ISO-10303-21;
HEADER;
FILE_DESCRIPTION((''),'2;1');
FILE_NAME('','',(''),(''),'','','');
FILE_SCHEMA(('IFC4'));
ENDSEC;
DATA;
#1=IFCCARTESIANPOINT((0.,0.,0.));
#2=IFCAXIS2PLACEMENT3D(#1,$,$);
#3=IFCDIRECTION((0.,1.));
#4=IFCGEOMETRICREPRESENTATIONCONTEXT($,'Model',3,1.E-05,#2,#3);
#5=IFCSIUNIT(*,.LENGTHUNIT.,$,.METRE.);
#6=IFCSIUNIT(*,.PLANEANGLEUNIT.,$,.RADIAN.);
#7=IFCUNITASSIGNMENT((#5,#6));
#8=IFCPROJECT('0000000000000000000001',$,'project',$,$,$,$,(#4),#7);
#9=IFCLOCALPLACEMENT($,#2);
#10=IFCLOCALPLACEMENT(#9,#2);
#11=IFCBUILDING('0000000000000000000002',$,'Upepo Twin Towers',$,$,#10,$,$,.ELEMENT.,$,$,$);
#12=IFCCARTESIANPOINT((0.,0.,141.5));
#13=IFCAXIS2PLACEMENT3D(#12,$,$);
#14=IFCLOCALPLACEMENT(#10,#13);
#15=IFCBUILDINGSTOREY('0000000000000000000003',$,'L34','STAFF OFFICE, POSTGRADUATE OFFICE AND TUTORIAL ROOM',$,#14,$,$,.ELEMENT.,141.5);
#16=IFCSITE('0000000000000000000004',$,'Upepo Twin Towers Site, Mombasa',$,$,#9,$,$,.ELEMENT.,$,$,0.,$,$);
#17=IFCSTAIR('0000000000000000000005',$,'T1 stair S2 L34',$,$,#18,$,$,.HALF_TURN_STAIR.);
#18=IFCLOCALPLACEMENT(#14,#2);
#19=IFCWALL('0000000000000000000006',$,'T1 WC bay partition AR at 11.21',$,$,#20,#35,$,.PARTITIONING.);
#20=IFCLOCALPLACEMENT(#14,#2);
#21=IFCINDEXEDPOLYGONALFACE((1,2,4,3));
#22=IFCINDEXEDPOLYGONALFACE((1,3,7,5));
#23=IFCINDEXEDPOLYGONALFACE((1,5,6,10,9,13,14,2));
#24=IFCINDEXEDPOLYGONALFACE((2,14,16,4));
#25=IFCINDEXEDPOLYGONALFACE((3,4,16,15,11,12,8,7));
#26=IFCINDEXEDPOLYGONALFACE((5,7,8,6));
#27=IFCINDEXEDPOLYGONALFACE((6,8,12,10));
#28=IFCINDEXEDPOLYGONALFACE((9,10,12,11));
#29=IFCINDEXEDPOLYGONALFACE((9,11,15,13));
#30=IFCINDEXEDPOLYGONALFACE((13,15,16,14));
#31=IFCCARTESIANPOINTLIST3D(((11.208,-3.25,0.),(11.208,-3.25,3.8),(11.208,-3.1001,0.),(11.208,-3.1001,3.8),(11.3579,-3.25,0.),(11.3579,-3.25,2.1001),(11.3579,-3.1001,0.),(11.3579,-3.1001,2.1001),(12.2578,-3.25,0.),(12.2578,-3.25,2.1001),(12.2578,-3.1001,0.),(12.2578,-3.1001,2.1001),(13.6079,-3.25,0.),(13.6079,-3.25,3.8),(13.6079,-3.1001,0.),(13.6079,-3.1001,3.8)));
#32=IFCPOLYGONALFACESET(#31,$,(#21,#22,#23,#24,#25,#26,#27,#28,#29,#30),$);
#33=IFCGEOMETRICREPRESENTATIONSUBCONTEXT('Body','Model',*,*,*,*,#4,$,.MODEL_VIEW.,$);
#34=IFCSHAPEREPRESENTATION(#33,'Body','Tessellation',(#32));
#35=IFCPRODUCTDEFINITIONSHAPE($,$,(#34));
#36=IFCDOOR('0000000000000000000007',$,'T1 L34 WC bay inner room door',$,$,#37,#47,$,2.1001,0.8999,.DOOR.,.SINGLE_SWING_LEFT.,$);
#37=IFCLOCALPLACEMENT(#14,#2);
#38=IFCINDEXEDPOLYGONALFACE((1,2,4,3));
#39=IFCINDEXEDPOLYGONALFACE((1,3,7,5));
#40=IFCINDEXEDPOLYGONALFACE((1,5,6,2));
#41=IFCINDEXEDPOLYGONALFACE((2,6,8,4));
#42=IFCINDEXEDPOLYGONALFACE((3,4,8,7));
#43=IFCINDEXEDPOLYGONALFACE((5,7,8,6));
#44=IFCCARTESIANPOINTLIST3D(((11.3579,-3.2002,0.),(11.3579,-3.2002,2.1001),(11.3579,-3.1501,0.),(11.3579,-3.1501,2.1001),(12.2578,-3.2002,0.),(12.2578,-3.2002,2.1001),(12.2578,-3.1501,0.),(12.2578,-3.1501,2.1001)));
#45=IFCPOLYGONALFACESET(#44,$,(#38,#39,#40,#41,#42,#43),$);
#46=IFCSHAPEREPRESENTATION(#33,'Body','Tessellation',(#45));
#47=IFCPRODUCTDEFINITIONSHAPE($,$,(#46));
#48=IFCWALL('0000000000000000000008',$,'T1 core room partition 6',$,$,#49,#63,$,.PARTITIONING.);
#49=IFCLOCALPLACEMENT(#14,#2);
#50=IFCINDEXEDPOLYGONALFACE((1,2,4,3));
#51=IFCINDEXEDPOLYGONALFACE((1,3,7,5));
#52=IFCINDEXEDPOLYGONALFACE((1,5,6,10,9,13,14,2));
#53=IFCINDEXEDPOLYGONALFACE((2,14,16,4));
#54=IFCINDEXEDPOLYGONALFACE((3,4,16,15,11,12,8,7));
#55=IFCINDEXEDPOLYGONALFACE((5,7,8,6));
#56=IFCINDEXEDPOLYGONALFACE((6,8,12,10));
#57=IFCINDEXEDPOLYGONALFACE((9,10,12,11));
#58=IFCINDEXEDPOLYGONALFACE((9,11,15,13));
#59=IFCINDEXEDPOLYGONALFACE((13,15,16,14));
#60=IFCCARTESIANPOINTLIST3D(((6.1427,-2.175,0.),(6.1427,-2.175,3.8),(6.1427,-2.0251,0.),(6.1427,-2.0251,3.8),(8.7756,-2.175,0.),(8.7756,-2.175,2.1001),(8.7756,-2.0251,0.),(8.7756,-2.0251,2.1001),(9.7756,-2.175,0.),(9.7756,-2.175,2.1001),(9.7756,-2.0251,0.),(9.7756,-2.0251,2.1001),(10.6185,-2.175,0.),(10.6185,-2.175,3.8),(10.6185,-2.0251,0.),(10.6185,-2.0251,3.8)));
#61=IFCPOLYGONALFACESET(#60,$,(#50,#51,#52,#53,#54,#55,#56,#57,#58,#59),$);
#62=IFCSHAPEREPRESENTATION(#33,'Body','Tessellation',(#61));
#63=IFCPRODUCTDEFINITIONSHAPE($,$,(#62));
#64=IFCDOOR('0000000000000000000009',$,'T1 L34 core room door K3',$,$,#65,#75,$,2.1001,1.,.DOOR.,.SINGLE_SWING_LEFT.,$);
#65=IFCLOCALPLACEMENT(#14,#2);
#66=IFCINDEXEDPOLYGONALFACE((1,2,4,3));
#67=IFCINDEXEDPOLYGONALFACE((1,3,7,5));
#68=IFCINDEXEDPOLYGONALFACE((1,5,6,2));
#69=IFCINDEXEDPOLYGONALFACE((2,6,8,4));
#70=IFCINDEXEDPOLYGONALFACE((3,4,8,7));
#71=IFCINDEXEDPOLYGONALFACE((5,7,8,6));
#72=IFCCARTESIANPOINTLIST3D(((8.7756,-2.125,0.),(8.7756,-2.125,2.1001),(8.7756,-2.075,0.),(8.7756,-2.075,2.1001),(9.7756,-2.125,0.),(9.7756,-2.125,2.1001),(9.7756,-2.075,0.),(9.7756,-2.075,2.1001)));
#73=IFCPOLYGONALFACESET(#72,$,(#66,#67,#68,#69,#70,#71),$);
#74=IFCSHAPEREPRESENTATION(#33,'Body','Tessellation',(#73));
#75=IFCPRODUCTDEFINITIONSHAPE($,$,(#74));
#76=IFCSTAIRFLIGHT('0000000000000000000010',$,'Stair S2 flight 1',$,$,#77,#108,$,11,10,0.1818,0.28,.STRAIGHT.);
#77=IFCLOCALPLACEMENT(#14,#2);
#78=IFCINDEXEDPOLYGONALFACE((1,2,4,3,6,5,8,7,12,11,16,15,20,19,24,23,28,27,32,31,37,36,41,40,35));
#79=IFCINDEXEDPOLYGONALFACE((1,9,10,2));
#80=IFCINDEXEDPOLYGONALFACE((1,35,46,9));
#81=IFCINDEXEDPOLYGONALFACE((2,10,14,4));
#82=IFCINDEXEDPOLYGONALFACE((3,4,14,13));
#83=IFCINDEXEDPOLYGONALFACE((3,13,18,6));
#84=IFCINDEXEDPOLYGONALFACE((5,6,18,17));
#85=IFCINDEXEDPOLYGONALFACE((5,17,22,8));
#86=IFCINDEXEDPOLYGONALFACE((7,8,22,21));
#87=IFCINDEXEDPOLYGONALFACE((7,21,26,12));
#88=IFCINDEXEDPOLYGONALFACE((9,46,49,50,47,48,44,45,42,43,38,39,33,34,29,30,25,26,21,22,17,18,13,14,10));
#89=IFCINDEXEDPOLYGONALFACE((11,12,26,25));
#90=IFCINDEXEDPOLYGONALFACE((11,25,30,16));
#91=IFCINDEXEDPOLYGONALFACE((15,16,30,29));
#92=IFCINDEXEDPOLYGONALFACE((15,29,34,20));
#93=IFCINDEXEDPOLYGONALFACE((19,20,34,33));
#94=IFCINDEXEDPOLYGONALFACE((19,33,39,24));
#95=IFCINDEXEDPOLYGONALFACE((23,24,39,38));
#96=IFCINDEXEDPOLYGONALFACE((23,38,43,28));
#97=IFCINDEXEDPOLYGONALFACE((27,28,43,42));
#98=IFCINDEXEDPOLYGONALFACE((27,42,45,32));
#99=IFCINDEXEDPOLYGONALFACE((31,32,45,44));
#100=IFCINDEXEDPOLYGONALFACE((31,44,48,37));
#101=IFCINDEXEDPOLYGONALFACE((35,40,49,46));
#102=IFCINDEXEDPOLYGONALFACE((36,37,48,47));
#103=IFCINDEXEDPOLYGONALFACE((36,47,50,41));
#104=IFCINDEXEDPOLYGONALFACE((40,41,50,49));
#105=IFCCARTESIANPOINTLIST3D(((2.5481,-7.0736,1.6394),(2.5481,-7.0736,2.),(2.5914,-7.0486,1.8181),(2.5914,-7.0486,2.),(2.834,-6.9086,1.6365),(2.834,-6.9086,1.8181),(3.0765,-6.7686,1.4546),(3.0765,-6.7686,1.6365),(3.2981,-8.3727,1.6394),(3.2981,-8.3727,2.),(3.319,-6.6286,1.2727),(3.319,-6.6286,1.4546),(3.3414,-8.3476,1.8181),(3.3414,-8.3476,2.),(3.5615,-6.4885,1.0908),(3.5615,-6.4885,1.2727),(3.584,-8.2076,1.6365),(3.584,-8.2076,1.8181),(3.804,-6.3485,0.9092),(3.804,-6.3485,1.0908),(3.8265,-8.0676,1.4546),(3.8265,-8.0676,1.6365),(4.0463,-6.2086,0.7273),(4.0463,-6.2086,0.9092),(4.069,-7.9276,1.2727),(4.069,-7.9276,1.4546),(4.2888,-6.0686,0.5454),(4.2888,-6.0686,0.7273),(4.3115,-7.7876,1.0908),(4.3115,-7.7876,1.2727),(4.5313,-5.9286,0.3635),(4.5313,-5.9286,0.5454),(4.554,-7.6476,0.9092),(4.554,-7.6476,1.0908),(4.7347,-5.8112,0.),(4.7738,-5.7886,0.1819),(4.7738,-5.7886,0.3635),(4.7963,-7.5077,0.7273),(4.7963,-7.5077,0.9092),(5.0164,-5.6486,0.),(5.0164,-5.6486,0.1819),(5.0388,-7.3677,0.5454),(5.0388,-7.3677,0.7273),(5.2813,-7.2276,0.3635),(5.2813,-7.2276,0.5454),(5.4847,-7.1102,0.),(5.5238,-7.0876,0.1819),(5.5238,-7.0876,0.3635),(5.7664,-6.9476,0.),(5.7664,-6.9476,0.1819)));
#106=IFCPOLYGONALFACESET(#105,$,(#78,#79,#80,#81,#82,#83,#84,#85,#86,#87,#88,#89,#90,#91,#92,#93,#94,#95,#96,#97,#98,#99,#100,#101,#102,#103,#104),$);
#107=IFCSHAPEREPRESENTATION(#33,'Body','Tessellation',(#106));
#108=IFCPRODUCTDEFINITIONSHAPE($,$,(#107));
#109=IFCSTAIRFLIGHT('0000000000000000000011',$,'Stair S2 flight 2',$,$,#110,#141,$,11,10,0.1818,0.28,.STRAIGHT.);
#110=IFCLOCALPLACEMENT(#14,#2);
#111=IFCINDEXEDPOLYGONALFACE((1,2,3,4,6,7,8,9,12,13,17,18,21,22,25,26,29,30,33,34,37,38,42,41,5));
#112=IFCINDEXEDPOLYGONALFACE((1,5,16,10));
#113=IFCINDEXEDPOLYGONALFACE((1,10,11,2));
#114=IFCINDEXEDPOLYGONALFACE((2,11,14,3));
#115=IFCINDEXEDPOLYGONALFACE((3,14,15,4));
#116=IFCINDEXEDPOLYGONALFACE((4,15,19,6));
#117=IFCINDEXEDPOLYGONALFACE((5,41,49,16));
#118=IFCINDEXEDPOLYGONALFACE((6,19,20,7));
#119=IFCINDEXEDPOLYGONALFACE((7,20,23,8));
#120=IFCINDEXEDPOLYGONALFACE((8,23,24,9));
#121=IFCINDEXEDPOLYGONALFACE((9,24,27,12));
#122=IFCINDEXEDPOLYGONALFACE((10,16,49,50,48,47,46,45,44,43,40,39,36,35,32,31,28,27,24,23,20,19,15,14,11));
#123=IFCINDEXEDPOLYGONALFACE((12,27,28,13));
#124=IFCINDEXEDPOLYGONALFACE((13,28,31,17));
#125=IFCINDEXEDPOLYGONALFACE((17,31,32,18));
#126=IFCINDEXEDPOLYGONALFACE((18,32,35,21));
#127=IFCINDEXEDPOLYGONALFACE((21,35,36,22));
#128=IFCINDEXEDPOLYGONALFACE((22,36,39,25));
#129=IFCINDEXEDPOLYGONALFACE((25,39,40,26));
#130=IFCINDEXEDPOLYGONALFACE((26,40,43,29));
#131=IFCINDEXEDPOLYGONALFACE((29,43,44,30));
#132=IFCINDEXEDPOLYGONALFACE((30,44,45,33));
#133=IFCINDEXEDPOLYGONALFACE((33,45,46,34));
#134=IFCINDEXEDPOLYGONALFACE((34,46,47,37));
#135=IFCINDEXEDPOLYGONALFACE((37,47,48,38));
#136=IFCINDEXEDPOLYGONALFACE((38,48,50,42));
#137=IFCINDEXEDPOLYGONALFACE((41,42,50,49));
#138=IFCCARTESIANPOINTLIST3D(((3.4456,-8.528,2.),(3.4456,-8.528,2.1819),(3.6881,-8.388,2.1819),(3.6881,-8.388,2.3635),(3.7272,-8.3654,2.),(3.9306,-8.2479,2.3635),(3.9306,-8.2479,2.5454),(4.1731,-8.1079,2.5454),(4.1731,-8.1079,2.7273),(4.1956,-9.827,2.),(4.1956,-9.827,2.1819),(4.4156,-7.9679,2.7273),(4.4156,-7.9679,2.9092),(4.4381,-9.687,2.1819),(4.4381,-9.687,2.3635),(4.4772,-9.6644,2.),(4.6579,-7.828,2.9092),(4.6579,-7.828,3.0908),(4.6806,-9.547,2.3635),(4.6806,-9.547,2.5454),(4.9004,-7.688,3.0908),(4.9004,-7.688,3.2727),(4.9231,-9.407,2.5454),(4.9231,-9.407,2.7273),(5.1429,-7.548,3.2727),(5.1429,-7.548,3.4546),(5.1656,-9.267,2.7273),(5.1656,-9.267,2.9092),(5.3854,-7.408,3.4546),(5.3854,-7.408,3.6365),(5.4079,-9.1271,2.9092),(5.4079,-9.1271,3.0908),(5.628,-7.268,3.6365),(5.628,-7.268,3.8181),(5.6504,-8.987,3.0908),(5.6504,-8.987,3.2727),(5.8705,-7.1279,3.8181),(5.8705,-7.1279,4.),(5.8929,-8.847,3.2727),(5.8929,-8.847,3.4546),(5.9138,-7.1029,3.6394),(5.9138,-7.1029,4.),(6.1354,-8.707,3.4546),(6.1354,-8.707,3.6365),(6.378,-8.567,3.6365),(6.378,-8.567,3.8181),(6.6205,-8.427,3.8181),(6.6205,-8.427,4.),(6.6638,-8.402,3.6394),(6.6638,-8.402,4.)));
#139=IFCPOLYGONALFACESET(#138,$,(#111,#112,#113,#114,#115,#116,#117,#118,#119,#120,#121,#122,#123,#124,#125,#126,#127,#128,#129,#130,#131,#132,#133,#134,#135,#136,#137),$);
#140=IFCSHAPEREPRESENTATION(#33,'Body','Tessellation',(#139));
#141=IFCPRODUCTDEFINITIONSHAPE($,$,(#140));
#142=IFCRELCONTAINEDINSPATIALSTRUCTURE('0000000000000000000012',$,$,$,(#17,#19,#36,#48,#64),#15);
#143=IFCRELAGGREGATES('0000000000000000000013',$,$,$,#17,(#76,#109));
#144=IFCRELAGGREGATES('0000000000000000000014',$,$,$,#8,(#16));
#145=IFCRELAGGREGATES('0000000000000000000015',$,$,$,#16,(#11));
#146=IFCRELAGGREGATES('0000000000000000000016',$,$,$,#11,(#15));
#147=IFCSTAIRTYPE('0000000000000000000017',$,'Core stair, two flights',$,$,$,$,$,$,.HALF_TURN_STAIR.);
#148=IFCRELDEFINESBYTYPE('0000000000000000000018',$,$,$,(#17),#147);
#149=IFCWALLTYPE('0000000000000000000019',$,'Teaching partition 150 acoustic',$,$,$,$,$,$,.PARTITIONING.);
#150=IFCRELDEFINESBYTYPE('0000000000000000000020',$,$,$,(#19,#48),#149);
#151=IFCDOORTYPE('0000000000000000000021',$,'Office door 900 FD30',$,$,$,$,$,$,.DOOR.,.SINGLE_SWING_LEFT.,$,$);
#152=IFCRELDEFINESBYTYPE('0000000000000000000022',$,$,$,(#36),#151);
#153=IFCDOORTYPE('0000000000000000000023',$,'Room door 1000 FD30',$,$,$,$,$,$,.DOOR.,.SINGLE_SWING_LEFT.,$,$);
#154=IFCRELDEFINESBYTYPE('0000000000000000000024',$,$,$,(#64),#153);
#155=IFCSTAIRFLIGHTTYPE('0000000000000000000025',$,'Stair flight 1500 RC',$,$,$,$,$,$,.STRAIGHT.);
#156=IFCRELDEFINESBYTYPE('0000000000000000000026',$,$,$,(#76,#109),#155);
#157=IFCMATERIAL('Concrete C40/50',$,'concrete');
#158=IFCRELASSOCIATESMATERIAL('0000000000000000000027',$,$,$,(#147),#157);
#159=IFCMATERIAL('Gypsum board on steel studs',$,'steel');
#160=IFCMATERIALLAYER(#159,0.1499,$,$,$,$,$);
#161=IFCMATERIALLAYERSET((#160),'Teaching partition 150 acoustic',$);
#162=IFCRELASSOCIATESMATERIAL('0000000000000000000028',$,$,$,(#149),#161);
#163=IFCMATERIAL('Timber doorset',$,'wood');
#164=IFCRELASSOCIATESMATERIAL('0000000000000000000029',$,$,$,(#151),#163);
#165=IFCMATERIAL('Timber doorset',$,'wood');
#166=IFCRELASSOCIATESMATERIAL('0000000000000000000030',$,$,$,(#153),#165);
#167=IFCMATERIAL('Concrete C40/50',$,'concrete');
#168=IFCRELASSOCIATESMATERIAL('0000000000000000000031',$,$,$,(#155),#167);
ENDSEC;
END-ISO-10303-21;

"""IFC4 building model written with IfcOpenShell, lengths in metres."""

from ifc_helpers import new_model, si_unit, direction, frame, frame_2d, origin, place, context, subcontext, project, spatial, polyline, rectangle, outline, extrude, material, layer, layer_set, type_object, element, fill, aggregate, save


model = new_model("IFC4")

# Units and contexts
model_context = context("Model", 3, precision=1e-05, world=origin(), true_north=direction((0.0, 1.0)))
body_context = subcontext(model_context, "Body", "Model", "MODEL_VIEW")
ifc_project = project(units=[si_unit("LENGTHUNIT", "METRE"), si_unit("PLANEANGLEUNIT", "RADIAN")], contexts=[model_context])

# Site, building, storey
site_placement = place(None, origin())
site = spatial("IfcSite", under=ifc_project, at=site_placement, Name="Upepo Twin Towers Site, Mombasa", CompositionType="ELEMENT", RefElevation=0.0)
building_placement = place(site_placement, origin())
building = spatial("IfcBuilding", under=site, at=building_placement, Name="Upepo Twin Towers", CompositionType="ELEMENT")
storey_placement = place(building_placement, frame((0.0, 0.0, 141.5)))
storey = spatial("IfcBuildingStorey", under=building, at=storey_placement, Name="L34", Description="STAFF OFFICE, POSTGRADUATE OFFICE AND TUTORIAL ROOM", CompositionType="ELEMENT", Elevation=141.5)

# Stair
ifc_material_1 = material(Name="Concrete C40/50", Category="concrete")
stair_type = type_object("IfcStairType", Name="Core stair, two flights", PredefinedType="HALF_TURN_STAIR", material=ifc_material_1)
stair_1_placement = place(storey_placement, origin())
stair_1 = element("IfcStair", 1, at=stair_1_placement, inside=storey, type_object=stair_type, Name="T1 stair S2 L34", PredefinedType="HALF_TURN_STAIR")

# Walls, openings, doors
ifc_material_2 = material(Name="Gypsum board on steel studs", Category="steel")
ifc_layer_1 = layer(ifc_material_2, 0.1499)
ifc_layer_set_1 = layer_set([ifc_layer_1], Name="Teaching partition 150 acoustic")
wall_type_1 = type_object("IfcWallType", Name="Teaching partition 150 acoustic", PredefinedType="PARTITIONING", material=ifc_layer_set_1)
wall_1_placement = place(storey_placement, frame((11.208, -3.175, 0.0), z_axis=(0.0, 0.0, 1.0), x_axis=(1.0, 0.0, 0.0)))
wall_1 = element("IfcWall", 2, at=wall_1_placement, inside=storey, type_object=wall_type_1, Name="T1 WC bay partition AR at 11.21", PredefinedType="PARTITIONING", context=body_context, shape_type="SweptSolid", body=[
    extrude(rectangle(XDim=2.3999, YDim=0.1499, at=frame_2d((1.2, 0.0))), origin(), (0.0, 0.0, 1.0), 3.8),
])
opening_1_placement = place(wall_1_placement, frame((0.1499, 0.0, 0.0)))
opening_1 = element("IfcOpeningElement", 3, at=opening_1_placement, cuts=wall_1, PredefinedType="OPENING", context=body_context, shape_type="SweptSolid", body=[
    extrude(rectangle(XDim=0.8999, YDim=2.1001, at=frame_2d((0.45, 1.05))), frame((0.0, 0.085, 0.0), z_axis=(0.0, -1.0, 0.0), x_axis=(1.0, 0.0, 0.0)), (0.0, 0.0, 1.0), 0.1699),
])
ifc_material_3 = material(Name="Timber doorset", Category="wood")
door_type_1 = type_object("IfcDoorType", Name="Office door 900 FD30", OperationType="SINGLE_SWING_LEFT", PredefinedType="DOOR", material=ifc_material_3)
door_1_placement = place(opening_1_placement, origin())
door_1 = element("IfcDoor", 4, at=door_1_placement, inside=storey, type_object=door_type_1, Name="T1 L34 WC bay inner room door", OperationType="SINGLE_SWING_LEFT", OverallHeight=2.1001, OverallWidth=0.8999, PredefinedType="DOOR", context=body_context, shape_type="SweptSolid", body=[
    extrude(rectangle(XDim=0.8999, YDim=2.1001, at=frame_2d((0.45, 1.05))), frame((0.0, 0.0249, 0.0), z_axis=(0.0, -1.0, 0.0), x_axis=(1.0, 0.0, 0.0)), (0.0, 0.0, 1.0), 0.05),
])
fill(opening_1, door_1)
wall_2_placement = place(storey_placement, frame((10.6184, -2.1001, 0.0), z_axis=(0.0, 0.0, 1.0), x_axis=(-1.0, 0.0, 0.0)))
wall_2 = element("IfcWall", 5, at=wall_2_placement, inside=storey, type_object=wall_type_1, Name="T1 core room partition 6", PredefinedType="PARTITIONING", context=body_context, shape_type="SweptSolid", body=[
    extrude(rectangle(XDim=4.4758, YDim=0.1499, at=frame_2d((2.2378, 0.0))), origin(), (0.0, 0.0, 1.0), 3.8),
])
opening_2_placement = place(wall_2_placement, frame((0.8428, 0.0, 0.0)))
opening_2 = element("IfcOpeningElement", 6, at=opening_2_placement, cuts=wall_2, PredefinedType="OPENING", context=body_context, shape_type="SweptSolid", body=[
    extrude(rectangle(XDim=1.0, YDim=2.1001, at=frame_2d((0.5, 1.05))), frame((0.0, 0.085, 0.0), z_axis=(0.0, -1.0, 0.0), x_axis=(1.0, 0.0, 0.0)), (0.0, 0.0, 1.0), 0.1699),
])
ifc_material_4 = material(Name="Timber doorset", Category="wood")
door_type_2 = type_object("IfcDoorType", Name="Room door 1000 FD30", OperationType="SINGLE_SWING_LEFT", PredefinedType="DOOR", material=ifc_material_4)
door_2_placement = place(opening_2_placement, origin())
door_2 = element("IfcDoor", 7, at=door_2_placement, inside=storey, type_object=door_type_2, Name="T1 L34 core room door K3", OperationType="SINGLE_SWING_LEFT", OverallHeight=2.1001, OverallWidth=1.0, PredefinedType="DOOR", context=body_context, shape_type="SweptSolid", body=[
    extrude(rectangle(XDim=1.0, YDim=2.1001, at=frame_2d((0.5, 1.05))), frame((0.0, 0.0249, 0.0), z_axis=(0.0, -1.0, 0.0), x_axis=(1.0, 0.0, 0.0)), (0.0, 0.0, 1.0), 0.05),
])
fill(opening_2, door_2)

# Stair flights
ifc_material_5 = material(Name="Concrete C40/50", Category="concrete")
stair_flight_type = type_object("IfcStairFlightType", Name="Stair flight 1500 RC", PredefinedType="STRAIGHT", material=ifc_material_5)
stair_flight_1_placement = place(storey_placement, frame((5.3914, -6.2981, 0.0), z_axis=(0.0, 0.0, 1.0), x_axis=(-0.866025, -0.5, 0.0)))
stair_flight_1 = element("IfcStairFlight", 8, at=stair_flight_1_placement, type_object=stair_flight_type, Name="Stair S2 flight 1", NumberOfRisers=11, NumberOfTreads=10, PredefinedType="STRAIGHT", RiserHeight=0.1818, TreadLength=0.28, context=body_context, shape_type="SweptSolid", body=[
    extrude(outline(polyline([(0.0, 0.0), (0.0, 0.1819), (0.28, 0.1819), (0.28, 0.3635), (0.5601, 0.3635), (0.5601, 0.5454), (0.8401, 0.5454), (0.8401, 0.7273), (1.1201, 0.7273), (1.1201, 0.9092), (1.3999, 0.9092), (1.3999, 1.0908), (1.6799, 1.0908), (1.6799, 1.2727), (1.96, 1.2727), (1.96, 1.4546), (2.24, 1.4546), (2.24, 1.6365), (2.52, 1.6365), (2.52, 1.8181), (2.8, 1.8181), (2.8, 2.0), (2.8501, 2.0), (2.8501, 1.6394), (0.3252, 0.0), (0.0, 0.0)])), frame((0.0, 0.75, 0.0), z_axis=(0.0, -1.0, 0.0), x_axis=(1.0, 0.0, 0.0)), (0.0, 0.0, 1.0), 1.5),
])
stair_flight_2_placement = place(storey_placement, frame((3.8206, -9.1775, 2.0), z_axis=(0.0, 0.0, 1.0), x_axis=(0.866025, 0.5, 0.0)))
stair_flight_2 = element("IfcStairFlight", 9, at=stair_flight_2_placement, type_object=stair_flight_type, Name="Stair S2 flight 2", NumberOfRisers=11, NumberOfTreads=10, PredefinedType="STRAIGHT", RiserHeight=0.1818, TreadLength=0.28, context=body_context, shape_type="SweptSolid", body=[
    extrude(outline(polyline([(0.0, 0.0), (0.0, 0.1819), (0.28, 0.1819), (0.28, 0.3635), (0.5601, 0.3635), (0.5601, 0.5454), (0.8401, 0.5454), (0.8401, 0.7273), (1.1201, 0.7273), (1.1201, 0.9092), (1.3999, 0.9092), (1.3999, 1.0908), (1.6799, 1.0908), (1.6799, 1.2727), (1.96, 1.2727), (1.96, 1.4546), (2.24, 1.4546), (2.24, 1.6365), (2.52, 1.6365), (2.52, 1.8181), (2.8, 1.8181), (2.8, 2.0), (2.8501, 2.0), (2.8501, 1.6394), (0.3252, 0.0), (0.0, 0.0)])), frame((0.0, 0.75, 0.0), z_axis=(0.0, -1.0, 0.0), x_axis=(1.0, 0.0, 0.0)), (0.0, 0.0, 1.0), 1.5),
])
aggregate(stair_1, [stair_flight_1, stair_flight_2])

save(model, "model.ifc")
